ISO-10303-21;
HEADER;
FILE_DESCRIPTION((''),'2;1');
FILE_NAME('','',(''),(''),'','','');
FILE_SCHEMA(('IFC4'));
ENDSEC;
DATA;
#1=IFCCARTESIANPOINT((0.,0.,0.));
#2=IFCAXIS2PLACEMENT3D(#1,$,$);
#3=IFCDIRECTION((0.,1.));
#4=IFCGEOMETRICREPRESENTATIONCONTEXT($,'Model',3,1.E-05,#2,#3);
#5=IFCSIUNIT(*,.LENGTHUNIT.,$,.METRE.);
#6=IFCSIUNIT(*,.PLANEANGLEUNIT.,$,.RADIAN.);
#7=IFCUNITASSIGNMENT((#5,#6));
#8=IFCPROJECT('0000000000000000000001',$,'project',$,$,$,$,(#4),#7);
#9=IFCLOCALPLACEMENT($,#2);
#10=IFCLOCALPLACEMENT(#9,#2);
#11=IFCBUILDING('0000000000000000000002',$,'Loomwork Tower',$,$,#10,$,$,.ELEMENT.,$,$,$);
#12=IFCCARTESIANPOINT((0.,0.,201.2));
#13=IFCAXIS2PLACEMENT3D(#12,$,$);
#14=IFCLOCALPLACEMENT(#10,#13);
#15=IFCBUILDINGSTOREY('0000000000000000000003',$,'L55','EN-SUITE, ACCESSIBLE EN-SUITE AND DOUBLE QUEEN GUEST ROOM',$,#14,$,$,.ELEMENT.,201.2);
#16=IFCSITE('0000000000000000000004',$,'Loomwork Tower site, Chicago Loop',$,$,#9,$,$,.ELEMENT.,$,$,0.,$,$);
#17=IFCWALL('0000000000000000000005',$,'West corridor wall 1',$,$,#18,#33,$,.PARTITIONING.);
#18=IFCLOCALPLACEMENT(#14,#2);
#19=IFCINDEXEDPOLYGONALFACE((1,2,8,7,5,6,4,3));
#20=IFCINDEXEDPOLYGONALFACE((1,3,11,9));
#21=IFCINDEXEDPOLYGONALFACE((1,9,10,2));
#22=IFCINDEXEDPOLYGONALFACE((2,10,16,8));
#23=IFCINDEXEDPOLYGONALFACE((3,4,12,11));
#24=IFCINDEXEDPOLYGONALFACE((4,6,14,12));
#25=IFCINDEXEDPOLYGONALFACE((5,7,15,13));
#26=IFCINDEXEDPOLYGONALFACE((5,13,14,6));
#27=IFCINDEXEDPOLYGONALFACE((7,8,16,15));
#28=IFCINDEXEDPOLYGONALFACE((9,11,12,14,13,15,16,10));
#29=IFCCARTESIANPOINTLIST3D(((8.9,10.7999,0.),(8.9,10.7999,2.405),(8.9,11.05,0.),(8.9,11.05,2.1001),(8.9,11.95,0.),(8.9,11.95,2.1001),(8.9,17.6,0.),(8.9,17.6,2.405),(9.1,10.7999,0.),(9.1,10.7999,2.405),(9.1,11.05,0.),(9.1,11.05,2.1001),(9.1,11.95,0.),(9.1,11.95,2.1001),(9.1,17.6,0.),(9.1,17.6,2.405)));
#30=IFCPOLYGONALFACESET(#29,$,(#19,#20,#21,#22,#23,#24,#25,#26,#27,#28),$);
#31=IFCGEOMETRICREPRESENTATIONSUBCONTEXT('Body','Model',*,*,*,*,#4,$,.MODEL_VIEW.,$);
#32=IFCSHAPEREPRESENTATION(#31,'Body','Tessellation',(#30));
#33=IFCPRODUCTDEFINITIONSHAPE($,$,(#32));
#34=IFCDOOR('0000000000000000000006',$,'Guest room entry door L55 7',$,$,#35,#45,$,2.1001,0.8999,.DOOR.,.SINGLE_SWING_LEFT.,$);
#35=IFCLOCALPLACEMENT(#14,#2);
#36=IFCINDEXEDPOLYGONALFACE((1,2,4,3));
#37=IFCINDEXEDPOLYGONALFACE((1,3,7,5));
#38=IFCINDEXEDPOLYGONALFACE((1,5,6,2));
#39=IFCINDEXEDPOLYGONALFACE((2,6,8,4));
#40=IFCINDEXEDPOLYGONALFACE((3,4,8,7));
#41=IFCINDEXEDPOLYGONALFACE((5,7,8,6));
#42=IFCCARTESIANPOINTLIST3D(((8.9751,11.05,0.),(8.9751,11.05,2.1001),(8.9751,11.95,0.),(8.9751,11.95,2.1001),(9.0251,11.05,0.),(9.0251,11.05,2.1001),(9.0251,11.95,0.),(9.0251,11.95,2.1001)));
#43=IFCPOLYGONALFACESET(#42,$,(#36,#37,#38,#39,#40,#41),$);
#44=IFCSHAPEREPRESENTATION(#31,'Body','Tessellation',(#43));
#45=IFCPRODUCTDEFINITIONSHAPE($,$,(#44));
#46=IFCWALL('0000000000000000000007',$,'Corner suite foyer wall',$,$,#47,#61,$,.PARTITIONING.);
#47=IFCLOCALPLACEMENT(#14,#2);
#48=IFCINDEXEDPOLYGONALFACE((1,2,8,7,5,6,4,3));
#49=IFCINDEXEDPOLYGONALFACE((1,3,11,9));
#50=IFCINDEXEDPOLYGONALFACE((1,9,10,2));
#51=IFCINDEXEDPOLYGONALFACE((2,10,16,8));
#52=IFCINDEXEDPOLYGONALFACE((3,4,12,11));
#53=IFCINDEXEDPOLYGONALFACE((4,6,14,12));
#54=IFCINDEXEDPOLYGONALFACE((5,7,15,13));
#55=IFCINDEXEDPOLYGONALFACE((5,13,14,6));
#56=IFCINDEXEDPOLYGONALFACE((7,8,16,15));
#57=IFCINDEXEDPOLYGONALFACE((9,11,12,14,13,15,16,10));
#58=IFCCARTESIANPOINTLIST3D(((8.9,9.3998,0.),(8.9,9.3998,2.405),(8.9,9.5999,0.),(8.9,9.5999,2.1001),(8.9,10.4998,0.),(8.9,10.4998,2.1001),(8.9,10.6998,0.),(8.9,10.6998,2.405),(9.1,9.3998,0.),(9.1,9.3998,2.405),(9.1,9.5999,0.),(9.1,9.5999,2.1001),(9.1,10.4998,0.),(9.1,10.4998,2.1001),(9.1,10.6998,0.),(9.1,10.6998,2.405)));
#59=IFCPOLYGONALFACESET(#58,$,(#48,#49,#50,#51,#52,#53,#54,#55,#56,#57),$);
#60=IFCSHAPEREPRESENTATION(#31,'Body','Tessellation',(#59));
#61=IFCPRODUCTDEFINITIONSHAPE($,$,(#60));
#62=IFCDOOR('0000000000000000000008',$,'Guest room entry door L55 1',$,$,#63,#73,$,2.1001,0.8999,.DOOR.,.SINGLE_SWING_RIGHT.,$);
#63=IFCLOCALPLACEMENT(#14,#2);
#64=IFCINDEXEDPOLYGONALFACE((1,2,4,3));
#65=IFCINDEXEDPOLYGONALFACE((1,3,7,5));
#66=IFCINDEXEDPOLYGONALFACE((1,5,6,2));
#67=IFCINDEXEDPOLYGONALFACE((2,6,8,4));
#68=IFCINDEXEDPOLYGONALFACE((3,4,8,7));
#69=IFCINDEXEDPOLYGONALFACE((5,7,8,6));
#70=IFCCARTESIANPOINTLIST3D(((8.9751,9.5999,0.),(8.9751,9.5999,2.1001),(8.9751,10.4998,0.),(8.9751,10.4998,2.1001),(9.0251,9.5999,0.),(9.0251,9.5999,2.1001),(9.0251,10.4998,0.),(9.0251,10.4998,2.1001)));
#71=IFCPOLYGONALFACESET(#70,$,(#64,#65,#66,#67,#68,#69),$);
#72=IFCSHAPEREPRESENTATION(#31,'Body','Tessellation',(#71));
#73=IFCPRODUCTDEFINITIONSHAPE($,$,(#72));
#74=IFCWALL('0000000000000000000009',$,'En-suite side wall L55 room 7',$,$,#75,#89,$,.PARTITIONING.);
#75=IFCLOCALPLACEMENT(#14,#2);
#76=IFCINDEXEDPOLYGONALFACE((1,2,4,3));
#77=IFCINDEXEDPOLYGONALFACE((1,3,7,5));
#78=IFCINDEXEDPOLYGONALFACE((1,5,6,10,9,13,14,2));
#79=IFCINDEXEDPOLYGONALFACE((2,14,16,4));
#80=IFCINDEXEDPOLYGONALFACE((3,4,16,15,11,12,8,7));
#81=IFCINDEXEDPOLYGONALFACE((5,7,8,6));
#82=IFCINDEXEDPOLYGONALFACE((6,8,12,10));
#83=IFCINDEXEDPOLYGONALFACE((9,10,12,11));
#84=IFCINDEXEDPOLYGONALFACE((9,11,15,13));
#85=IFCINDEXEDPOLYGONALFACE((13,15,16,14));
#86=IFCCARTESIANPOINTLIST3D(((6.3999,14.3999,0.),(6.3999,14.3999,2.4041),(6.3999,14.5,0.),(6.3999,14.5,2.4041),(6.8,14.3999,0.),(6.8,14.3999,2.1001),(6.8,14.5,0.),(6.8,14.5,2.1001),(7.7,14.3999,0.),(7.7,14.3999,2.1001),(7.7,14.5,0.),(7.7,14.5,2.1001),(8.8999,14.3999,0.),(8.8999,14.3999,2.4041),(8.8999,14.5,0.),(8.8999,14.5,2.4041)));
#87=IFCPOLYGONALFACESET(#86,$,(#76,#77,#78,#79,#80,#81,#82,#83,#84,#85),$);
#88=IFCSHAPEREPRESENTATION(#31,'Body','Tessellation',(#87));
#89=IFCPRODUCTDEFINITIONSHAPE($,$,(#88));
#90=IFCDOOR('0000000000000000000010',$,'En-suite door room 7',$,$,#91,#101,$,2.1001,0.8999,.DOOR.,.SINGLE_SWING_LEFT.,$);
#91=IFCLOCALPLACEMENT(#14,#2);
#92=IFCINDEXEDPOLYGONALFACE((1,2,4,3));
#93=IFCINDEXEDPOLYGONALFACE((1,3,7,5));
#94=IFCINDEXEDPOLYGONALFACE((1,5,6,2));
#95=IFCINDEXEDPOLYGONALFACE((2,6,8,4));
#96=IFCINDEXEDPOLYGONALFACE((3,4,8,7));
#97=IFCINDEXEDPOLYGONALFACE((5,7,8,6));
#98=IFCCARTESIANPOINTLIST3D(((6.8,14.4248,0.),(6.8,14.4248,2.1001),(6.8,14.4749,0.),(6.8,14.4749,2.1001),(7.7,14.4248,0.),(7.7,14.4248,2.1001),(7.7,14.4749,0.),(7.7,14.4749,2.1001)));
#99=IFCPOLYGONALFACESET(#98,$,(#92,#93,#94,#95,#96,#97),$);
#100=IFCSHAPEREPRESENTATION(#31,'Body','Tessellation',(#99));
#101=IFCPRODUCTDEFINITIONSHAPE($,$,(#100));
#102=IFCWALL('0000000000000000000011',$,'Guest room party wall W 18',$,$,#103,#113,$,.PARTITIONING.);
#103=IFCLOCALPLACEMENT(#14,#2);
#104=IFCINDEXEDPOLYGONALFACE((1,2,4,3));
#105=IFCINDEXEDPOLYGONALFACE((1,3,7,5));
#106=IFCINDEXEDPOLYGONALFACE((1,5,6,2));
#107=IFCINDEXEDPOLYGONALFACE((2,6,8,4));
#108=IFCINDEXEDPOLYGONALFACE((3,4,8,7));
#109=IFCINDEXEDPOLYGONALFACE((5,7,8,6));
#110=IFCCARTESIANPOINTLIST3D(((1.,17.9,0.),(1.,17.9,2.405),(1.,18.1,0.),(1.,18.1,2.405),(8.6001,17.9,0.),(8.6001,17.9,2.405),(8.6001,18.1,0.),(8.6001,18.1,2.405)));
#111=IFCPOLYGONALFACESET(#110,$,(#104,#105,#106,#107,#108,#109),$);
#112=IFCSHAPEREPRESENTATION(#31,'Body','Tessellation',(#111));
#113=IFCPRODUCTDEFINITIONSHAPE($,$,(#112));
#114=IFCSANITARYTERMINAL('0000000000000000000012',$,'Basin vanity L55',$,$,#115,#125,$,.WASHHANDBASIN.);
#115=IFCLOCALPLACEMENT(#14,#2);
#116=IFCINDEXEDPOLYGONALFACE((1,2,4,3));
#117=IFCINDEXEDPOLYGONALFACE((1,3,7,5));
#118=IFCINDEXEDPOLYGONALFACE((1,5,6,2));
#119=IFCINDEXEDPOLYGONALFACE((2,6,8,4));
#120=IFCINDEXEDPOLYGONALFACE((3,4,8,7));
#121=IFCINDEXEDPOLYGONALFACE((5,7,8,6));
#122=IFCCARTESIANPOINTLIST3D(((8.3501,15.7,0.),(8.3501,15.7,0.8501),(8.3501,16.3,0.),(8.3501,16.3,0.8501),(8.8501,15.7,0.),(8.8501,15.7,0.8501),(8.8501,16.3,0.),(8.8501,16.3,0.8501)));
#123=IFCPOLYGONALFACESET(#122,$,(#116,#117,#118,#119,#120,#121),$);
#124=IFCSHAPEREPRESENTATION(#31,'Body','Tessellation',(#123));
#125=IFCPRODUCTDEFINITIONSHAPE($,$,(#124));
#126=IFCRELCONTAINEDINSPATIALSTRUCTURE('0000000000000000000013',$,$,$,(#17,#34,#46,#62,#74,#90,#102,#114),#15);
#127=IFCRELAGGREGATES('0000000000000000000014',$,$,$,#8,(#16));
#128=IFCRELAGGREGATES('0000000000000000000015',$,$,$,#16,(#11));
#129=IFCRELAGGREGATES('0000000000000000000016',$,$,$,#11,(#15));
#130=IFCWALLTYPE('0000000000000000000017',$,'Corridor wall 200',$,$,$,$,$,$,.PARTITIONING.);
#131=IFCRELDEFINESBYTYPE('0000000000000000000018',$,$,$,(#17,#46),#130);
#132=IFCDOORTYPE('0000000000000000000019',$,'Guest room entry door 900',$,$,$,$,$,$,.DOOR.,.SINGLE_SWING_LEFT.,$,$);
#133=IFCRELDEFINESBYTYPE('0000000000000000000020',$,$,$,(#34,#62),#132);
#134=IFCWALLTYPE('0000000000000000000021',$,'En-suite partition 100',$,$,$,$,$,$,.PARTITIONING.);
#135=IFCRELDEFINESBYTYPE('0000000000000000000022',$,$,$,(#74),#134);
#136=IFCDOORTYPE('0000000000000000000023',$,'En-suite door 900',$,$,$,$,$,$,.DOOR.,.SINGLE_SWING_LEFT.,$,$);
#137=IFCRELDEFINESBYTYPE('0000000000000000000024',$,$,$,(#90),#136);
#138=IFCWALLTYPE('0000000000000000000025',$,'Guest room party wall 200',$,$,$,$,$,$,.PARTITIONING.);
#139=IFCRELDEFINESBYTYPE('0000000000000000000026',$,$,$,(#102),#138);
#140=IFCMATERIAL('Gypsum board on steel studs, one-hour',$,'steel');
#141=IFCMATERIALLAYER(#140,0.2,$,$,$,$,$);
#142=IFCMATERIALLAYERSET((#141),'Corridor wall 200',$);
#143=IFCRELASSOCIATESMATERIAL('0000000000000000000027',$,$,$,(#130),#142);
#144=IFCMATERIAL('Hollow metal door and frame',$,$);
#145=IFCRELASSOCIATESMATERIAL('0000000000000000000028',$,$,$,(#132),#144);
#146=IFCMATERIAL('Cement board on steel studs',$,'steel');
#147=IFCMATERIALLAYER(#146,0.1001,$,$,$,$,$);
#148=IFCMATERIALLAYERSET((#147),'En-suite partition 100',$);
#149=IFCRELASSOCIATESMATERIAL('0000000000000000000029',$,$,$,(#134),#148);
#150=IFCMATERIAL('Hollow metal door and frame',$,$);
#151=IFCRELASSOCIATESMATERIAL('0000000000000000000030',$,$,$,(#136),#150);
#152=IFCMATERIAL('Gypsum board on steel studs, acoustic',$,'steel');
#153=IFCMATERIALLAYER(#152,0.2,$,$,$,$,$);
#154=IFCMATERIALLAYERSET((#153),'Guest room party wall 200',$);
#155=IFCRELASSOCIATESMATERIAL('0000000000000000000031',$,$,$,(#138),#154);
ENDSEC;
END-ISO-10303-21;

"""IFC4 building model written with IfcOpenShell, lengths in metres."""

from ifc_helpers import new_model, si_unit, direction, frame, frame_2d, origin, origin_2d, place, context, subcontext, project, spatial, rectangle, extrude, material, layer, layer_set, type_object, element, fill, save


model = new_model("IFC4")

# Units and contexts
model_context = context("Model", 3, precision=1e-05, world=origin(), true_north=direction((0.0, 1.0)))
body_context = subcontext(model_context, "Body", "Model", "MODEL_VIEW")
ifc_project = project(units=[si_unit("LENGTHUNIT", "METRE"), si_unit("PLANEANGLEUNIT", "RADIAN")], contexts=[model_context])

# Site, building, storey
site_placement = place(None, origin())
site = spatial("IfcSite", under=ifc_project, at=site_placement, Name="Loomwork Tower site, Chicago Loop", CompositionType="ELEMENT", RefElevation=0.0)
building_placement = place(site_placement, origin())
building = spatial("IfcBuilding", under=site, at=building_placement, Name="Loomwork Tower", CompositionType="ELEMENT")
storey_placement = place(building_placement, frame((0.0, 0.0, 201.2)))
storey = spatial("IfcBuildingStorey", under=building, at=storey_placement, Name="L55", Description="EN-SUITE, ACCESSIBLE EN-SUITE AND DOUBLE QUEEN GUEST ROOM", CompositionType="ELEMENT", Elevation=201.2)

# Walls, openings, doors
ifc_material_1 = material(Name="Gypsum board on steel studs, one-hour", Category="steel")
ifc_layer_1 = layer(ifc_material_1, 0.2)
ifc_layer_set_1 = layer_set([ifc_layer_1], Name="Corridor wall 200")
wall_type_1 = type_object("IfcWallType", Name="Corridor wall 200", PredefinedType="PARTITIONING", material=ifc_layer_set_1)
wall_1_placement = place(storey_placement, frame((9.0, 10.8, 0.0), z_axis=(0.0, 0.0, 1.0), x_axis=(0.0, 1.0, 0.0)))
wall_1 = element("IfcWall", 1, at=wall_1_placement, inside=storey, type_object=wall_type_1, Name="West corridor wall 1", PredefinedType="PARTITIONING", context=body_context, shape_type="SweptSolid", body=[
    extrude(rectangle(XDim=6.8, YDim=0.2, at=frame_2d((3.3999, 0.0))), origin(), (0.0, 0.0, 1.0), 2.405),
])
opening_1_placement = place(wall_1_placement, frame((0.25, 0.0, 0.0)))
opening_1 = element("IfcOpeningElement", 2, at=opening_1_placement, cuts=wall_1, PredefinedType="OPENING", context=body_context, shape_type="SweptSolid", body=[
    extrude(rectangle(XDim=0.8999, YDim=2.1001, at=frame_2d((0.45, 1.05))), frame((0.0, 0.1099, 0.0), z_axis=(0.0, -1.0, 0.0), x_axis=(1.0, 0.0, 0.0)), (0.0, 0.0, 1.0), 0.22),
])
ifc_material_2 = material(Name="Hollow metal door and frame")
door_type_1 = type_object("IfcDoorType", Name="Guest room entry door 900", OperationType="SINGLE_SWING_LEFT", PredefinedType="DOOR", material=ifc_material_2)
door_1_placement = place(opening_1_placement, origin())
door_1 = element("IfcDoor", 3, at=door_1_placement, inside=storey, type_object=door_type_1, Name="Guest room entry door L55 7", OperationType="SINGLE_SWING_LEFT", OverallHeight=2.1001, OverallWidth=0.8999, PredefinedType="DOOR", context=body_context, shape_type="SweptSolid", body=[
    extrude(rectangle(XDim=0.8999, YDim=2.1001, at=frame_2d((0.45, 1.05))), frame((0.0, 0.0249, 0.0), z_axis=(0.0, -1.0, 0.0), x_axis=(1.0, 0.0, 0.0)), (0.0, 0.0, 1.0), 0.05),
])
fill(opening_1, door_1)
wall_2_placement = place(storey_placement, frame((9.0, 9.3999, 0.0), z_axis=(0.0, 0.0, 1.0), x_axis=(0.0, 1.0, 0.0)))
wall_2 = element("IfcWall", 4, at=wall_2_placement, inside=storey, type_object=wall_type_1, Name="Corner suite foyer wall", PredefinedType="PARTITIONING", context=body_context, shape_type="SweptSolid", body=[
    extrude(rectangle(XDim=1.3, YDim=0.2, at=frame_2d((0.6499, 0.0))), origin(), (0.0, 0.0, 1.0), 2.405),
])
opening_2_placement = place(wall_2_placement, frame((0.2, 0.0, 0.0)))
opening_2 = element("IfcOpeningElement", 5, at=opening_2_placement, cuts=wall_2, PredefinedType="OPENING", context=body_context, shape_type="SweptSolid", body=[
    extrude(rectangle(XDim=0.8999, YDim=2.1001, at=frame_2d((0.45, 1.05))), frame((0.0, 0.1099, 0.0), z_axis=(0.0, -1.0, 0.0), x_axis=(1.0, 0.0, 0.0)), (0.0, 0.0, 1.0), 0.22),
])
door_2_placement = place(opening_2_placement, origin())
door_2 = element("IfcDoor", 6, at=door_2_placement, inside=storey, type_object=door_type_1, Name="Guest room entry door L55 1", OperationType="SINGLE_SWING_RIGHT", OverallHeight=2.1001, OverallWidth=0.8999, PredefinedType="DOOR", context=body_context, shape_type="SweptSolid", body=[
    extrude(rectangle(XDim=0.8999, YDim=2.1001, at=frame_2d((0.45, 1.05))), frame((0.0, 0.0249, 0.0), z_axis=(0.0, -1.0, 0.0), x_axis=(1.0, 0.0, 0.0)), (0.0, 0.0, 1.0), 0.05),
])
fill(opening_2, door_2)
ifc_material_3 = material(Name="Cement board on steel studs", Category="steel")
ifc_layer_2 = layer(ifc_material_3, 0.1001)
ifc_layer_set_2 = layer_set([ifc_layer_2], Name="En-suite partition 100")
wall_type_2 = type_object("IfcWallType", Name="En-suite partition 100", PredefinedType="PARTITIONING", material=ifc_layer_set_2)
wall_3_placement = place(storey_placement, frame((8.8999, 14.45, 0.0), z_axis=(0.0, 0.0, 1.0), x_axis=(-1.0, 0.0, 0.0)))
wall_3 = element("IfcWall", 7, at=wall_3_placement, inside=storey, type_object=wall_type_2, Name="En-suite side wall L55 room 7", PredefinedType="PARTITIONING", context=body_context, shape_type="SweptSolid", body=[
    extrude(rectangle(XDim=2.5, YDim=0.1001, at=frame_2d((1.25, 0.0))), origin(), (0.0, 0.0, 1.0), 2.4041),
])
opening_3_placement = place(wall_3_placement, frame((1.2, 0.0, 0.0)))
opening_3 = element("IfcOpeningElement", 8, at=opening_3_placement, cuts=wall_3, PredefinedType="OPENING", context=body_context, shape_type="SweptSolid", body=[
    extrude(rectangle(XDim=0.8999, YDim=2.1001, at=frame_2d((0.45, 1.05))), frame((0.0, 0.0601, 0.0), z_axis=(0.0, -1.0, 0.0), x_axis=(1.0, 0.0, 0.0)), (0.0, 0.0, 1.0), 0.1201),
])
ifc_material_4 = material(Name="Hollow metal door and frame")
door_type_2 = type_object("IfcDoorType", Name="En-suite door 900", OperationType="SINGLE_SWING_LEFT", PredefinedType="DOOR", material=ifc_material_4)
door_3_placement = place(opening_3_placement, frame((0.8999, 0.0, 0.0), z_axis=(0.0, 0.0, 1.0), x_axis=(-1.0, 0.0, 0.0)))
door_3 = element("IfcDoor", 9, at=door_3_placement, inside=storey, type_object=door_type_2, Name="En-suite door room 7", OperationType="SINGLE_SWING_LEFT", OverallHeight=2.1001, OverallWidth=0.8999, PredefinedType="DOOR", context=body_context, shape_type="SweptSolid", body=[
    extrude(rectangle(XDim=0.8999, YDim=2.1001, at=frame_2d((0.45, 1.05))), frame((0.0, 0.0249, 0.0), z_axis=(0.0, -1.0, 0.0), x_axis=(1.0, 0.0, 0.0)), (0.0, 0.0, 1.0), 0.05),
])
fill(opening_3, door_3)

# Wall
ifc_material_5 = material(Name="Gypsum board on steel studs, acoustic", Category="steel")
ifc_layer_3 = layer(ifc_material_5, 0.2)
ifc_layer_set_3 = layer_set([ifc_layer_3], Name="Guest room party wall 200")
wall_type_3 = type_object("IfcWallType", Name="Guest room party wall 200", PredefinedType="PARTITIONING", material=ifc_layer_set_3)
wall_4_placement = place(storey_placement, frame((8.6001, 18.0, 0.0), z_axis=(0.0, 0.0, 1.0), x_axis=(-1.0, 0.0, 0.0)))
element("IfcWall", 10, at=wall_4_placement, inside=storey, type_object=wall_type_3, Name="Guest room party wall W 18", PredefinedType="PARTITIONING", context=body_context, shape_type="SweptSolid", body=[
    extrude(rectangle(XDim=7.6001, YDim=0.2, at=frame_2d((3.8, 0.0))), origin(), (0.0, 0.0, 1.0), 2.405),
])

# Sanitary terminal
sanitary_terminal_placement = place(storey_placement, frame((8.6001, 16.0, 0.0), z_axis=(0.0, 0.0, 1.0), x_axis=(1.0, 0.0, 0.0)))
element("IfcSanitaryTerminal", 11, at=sanitary_terminal_placement, inside=storey, Name="Basin vanity L55", PredefinedType="WASHHANDBASIN", context=body_context, shape_type="SweptSolid", body=[
    extrude(rectangle(XDim=0.5, YDim=0.6001, at=origin_2d()), origin(), (0.0, 0.0, 1.0), 0.8501),
])

save(model, "model.ifc")
